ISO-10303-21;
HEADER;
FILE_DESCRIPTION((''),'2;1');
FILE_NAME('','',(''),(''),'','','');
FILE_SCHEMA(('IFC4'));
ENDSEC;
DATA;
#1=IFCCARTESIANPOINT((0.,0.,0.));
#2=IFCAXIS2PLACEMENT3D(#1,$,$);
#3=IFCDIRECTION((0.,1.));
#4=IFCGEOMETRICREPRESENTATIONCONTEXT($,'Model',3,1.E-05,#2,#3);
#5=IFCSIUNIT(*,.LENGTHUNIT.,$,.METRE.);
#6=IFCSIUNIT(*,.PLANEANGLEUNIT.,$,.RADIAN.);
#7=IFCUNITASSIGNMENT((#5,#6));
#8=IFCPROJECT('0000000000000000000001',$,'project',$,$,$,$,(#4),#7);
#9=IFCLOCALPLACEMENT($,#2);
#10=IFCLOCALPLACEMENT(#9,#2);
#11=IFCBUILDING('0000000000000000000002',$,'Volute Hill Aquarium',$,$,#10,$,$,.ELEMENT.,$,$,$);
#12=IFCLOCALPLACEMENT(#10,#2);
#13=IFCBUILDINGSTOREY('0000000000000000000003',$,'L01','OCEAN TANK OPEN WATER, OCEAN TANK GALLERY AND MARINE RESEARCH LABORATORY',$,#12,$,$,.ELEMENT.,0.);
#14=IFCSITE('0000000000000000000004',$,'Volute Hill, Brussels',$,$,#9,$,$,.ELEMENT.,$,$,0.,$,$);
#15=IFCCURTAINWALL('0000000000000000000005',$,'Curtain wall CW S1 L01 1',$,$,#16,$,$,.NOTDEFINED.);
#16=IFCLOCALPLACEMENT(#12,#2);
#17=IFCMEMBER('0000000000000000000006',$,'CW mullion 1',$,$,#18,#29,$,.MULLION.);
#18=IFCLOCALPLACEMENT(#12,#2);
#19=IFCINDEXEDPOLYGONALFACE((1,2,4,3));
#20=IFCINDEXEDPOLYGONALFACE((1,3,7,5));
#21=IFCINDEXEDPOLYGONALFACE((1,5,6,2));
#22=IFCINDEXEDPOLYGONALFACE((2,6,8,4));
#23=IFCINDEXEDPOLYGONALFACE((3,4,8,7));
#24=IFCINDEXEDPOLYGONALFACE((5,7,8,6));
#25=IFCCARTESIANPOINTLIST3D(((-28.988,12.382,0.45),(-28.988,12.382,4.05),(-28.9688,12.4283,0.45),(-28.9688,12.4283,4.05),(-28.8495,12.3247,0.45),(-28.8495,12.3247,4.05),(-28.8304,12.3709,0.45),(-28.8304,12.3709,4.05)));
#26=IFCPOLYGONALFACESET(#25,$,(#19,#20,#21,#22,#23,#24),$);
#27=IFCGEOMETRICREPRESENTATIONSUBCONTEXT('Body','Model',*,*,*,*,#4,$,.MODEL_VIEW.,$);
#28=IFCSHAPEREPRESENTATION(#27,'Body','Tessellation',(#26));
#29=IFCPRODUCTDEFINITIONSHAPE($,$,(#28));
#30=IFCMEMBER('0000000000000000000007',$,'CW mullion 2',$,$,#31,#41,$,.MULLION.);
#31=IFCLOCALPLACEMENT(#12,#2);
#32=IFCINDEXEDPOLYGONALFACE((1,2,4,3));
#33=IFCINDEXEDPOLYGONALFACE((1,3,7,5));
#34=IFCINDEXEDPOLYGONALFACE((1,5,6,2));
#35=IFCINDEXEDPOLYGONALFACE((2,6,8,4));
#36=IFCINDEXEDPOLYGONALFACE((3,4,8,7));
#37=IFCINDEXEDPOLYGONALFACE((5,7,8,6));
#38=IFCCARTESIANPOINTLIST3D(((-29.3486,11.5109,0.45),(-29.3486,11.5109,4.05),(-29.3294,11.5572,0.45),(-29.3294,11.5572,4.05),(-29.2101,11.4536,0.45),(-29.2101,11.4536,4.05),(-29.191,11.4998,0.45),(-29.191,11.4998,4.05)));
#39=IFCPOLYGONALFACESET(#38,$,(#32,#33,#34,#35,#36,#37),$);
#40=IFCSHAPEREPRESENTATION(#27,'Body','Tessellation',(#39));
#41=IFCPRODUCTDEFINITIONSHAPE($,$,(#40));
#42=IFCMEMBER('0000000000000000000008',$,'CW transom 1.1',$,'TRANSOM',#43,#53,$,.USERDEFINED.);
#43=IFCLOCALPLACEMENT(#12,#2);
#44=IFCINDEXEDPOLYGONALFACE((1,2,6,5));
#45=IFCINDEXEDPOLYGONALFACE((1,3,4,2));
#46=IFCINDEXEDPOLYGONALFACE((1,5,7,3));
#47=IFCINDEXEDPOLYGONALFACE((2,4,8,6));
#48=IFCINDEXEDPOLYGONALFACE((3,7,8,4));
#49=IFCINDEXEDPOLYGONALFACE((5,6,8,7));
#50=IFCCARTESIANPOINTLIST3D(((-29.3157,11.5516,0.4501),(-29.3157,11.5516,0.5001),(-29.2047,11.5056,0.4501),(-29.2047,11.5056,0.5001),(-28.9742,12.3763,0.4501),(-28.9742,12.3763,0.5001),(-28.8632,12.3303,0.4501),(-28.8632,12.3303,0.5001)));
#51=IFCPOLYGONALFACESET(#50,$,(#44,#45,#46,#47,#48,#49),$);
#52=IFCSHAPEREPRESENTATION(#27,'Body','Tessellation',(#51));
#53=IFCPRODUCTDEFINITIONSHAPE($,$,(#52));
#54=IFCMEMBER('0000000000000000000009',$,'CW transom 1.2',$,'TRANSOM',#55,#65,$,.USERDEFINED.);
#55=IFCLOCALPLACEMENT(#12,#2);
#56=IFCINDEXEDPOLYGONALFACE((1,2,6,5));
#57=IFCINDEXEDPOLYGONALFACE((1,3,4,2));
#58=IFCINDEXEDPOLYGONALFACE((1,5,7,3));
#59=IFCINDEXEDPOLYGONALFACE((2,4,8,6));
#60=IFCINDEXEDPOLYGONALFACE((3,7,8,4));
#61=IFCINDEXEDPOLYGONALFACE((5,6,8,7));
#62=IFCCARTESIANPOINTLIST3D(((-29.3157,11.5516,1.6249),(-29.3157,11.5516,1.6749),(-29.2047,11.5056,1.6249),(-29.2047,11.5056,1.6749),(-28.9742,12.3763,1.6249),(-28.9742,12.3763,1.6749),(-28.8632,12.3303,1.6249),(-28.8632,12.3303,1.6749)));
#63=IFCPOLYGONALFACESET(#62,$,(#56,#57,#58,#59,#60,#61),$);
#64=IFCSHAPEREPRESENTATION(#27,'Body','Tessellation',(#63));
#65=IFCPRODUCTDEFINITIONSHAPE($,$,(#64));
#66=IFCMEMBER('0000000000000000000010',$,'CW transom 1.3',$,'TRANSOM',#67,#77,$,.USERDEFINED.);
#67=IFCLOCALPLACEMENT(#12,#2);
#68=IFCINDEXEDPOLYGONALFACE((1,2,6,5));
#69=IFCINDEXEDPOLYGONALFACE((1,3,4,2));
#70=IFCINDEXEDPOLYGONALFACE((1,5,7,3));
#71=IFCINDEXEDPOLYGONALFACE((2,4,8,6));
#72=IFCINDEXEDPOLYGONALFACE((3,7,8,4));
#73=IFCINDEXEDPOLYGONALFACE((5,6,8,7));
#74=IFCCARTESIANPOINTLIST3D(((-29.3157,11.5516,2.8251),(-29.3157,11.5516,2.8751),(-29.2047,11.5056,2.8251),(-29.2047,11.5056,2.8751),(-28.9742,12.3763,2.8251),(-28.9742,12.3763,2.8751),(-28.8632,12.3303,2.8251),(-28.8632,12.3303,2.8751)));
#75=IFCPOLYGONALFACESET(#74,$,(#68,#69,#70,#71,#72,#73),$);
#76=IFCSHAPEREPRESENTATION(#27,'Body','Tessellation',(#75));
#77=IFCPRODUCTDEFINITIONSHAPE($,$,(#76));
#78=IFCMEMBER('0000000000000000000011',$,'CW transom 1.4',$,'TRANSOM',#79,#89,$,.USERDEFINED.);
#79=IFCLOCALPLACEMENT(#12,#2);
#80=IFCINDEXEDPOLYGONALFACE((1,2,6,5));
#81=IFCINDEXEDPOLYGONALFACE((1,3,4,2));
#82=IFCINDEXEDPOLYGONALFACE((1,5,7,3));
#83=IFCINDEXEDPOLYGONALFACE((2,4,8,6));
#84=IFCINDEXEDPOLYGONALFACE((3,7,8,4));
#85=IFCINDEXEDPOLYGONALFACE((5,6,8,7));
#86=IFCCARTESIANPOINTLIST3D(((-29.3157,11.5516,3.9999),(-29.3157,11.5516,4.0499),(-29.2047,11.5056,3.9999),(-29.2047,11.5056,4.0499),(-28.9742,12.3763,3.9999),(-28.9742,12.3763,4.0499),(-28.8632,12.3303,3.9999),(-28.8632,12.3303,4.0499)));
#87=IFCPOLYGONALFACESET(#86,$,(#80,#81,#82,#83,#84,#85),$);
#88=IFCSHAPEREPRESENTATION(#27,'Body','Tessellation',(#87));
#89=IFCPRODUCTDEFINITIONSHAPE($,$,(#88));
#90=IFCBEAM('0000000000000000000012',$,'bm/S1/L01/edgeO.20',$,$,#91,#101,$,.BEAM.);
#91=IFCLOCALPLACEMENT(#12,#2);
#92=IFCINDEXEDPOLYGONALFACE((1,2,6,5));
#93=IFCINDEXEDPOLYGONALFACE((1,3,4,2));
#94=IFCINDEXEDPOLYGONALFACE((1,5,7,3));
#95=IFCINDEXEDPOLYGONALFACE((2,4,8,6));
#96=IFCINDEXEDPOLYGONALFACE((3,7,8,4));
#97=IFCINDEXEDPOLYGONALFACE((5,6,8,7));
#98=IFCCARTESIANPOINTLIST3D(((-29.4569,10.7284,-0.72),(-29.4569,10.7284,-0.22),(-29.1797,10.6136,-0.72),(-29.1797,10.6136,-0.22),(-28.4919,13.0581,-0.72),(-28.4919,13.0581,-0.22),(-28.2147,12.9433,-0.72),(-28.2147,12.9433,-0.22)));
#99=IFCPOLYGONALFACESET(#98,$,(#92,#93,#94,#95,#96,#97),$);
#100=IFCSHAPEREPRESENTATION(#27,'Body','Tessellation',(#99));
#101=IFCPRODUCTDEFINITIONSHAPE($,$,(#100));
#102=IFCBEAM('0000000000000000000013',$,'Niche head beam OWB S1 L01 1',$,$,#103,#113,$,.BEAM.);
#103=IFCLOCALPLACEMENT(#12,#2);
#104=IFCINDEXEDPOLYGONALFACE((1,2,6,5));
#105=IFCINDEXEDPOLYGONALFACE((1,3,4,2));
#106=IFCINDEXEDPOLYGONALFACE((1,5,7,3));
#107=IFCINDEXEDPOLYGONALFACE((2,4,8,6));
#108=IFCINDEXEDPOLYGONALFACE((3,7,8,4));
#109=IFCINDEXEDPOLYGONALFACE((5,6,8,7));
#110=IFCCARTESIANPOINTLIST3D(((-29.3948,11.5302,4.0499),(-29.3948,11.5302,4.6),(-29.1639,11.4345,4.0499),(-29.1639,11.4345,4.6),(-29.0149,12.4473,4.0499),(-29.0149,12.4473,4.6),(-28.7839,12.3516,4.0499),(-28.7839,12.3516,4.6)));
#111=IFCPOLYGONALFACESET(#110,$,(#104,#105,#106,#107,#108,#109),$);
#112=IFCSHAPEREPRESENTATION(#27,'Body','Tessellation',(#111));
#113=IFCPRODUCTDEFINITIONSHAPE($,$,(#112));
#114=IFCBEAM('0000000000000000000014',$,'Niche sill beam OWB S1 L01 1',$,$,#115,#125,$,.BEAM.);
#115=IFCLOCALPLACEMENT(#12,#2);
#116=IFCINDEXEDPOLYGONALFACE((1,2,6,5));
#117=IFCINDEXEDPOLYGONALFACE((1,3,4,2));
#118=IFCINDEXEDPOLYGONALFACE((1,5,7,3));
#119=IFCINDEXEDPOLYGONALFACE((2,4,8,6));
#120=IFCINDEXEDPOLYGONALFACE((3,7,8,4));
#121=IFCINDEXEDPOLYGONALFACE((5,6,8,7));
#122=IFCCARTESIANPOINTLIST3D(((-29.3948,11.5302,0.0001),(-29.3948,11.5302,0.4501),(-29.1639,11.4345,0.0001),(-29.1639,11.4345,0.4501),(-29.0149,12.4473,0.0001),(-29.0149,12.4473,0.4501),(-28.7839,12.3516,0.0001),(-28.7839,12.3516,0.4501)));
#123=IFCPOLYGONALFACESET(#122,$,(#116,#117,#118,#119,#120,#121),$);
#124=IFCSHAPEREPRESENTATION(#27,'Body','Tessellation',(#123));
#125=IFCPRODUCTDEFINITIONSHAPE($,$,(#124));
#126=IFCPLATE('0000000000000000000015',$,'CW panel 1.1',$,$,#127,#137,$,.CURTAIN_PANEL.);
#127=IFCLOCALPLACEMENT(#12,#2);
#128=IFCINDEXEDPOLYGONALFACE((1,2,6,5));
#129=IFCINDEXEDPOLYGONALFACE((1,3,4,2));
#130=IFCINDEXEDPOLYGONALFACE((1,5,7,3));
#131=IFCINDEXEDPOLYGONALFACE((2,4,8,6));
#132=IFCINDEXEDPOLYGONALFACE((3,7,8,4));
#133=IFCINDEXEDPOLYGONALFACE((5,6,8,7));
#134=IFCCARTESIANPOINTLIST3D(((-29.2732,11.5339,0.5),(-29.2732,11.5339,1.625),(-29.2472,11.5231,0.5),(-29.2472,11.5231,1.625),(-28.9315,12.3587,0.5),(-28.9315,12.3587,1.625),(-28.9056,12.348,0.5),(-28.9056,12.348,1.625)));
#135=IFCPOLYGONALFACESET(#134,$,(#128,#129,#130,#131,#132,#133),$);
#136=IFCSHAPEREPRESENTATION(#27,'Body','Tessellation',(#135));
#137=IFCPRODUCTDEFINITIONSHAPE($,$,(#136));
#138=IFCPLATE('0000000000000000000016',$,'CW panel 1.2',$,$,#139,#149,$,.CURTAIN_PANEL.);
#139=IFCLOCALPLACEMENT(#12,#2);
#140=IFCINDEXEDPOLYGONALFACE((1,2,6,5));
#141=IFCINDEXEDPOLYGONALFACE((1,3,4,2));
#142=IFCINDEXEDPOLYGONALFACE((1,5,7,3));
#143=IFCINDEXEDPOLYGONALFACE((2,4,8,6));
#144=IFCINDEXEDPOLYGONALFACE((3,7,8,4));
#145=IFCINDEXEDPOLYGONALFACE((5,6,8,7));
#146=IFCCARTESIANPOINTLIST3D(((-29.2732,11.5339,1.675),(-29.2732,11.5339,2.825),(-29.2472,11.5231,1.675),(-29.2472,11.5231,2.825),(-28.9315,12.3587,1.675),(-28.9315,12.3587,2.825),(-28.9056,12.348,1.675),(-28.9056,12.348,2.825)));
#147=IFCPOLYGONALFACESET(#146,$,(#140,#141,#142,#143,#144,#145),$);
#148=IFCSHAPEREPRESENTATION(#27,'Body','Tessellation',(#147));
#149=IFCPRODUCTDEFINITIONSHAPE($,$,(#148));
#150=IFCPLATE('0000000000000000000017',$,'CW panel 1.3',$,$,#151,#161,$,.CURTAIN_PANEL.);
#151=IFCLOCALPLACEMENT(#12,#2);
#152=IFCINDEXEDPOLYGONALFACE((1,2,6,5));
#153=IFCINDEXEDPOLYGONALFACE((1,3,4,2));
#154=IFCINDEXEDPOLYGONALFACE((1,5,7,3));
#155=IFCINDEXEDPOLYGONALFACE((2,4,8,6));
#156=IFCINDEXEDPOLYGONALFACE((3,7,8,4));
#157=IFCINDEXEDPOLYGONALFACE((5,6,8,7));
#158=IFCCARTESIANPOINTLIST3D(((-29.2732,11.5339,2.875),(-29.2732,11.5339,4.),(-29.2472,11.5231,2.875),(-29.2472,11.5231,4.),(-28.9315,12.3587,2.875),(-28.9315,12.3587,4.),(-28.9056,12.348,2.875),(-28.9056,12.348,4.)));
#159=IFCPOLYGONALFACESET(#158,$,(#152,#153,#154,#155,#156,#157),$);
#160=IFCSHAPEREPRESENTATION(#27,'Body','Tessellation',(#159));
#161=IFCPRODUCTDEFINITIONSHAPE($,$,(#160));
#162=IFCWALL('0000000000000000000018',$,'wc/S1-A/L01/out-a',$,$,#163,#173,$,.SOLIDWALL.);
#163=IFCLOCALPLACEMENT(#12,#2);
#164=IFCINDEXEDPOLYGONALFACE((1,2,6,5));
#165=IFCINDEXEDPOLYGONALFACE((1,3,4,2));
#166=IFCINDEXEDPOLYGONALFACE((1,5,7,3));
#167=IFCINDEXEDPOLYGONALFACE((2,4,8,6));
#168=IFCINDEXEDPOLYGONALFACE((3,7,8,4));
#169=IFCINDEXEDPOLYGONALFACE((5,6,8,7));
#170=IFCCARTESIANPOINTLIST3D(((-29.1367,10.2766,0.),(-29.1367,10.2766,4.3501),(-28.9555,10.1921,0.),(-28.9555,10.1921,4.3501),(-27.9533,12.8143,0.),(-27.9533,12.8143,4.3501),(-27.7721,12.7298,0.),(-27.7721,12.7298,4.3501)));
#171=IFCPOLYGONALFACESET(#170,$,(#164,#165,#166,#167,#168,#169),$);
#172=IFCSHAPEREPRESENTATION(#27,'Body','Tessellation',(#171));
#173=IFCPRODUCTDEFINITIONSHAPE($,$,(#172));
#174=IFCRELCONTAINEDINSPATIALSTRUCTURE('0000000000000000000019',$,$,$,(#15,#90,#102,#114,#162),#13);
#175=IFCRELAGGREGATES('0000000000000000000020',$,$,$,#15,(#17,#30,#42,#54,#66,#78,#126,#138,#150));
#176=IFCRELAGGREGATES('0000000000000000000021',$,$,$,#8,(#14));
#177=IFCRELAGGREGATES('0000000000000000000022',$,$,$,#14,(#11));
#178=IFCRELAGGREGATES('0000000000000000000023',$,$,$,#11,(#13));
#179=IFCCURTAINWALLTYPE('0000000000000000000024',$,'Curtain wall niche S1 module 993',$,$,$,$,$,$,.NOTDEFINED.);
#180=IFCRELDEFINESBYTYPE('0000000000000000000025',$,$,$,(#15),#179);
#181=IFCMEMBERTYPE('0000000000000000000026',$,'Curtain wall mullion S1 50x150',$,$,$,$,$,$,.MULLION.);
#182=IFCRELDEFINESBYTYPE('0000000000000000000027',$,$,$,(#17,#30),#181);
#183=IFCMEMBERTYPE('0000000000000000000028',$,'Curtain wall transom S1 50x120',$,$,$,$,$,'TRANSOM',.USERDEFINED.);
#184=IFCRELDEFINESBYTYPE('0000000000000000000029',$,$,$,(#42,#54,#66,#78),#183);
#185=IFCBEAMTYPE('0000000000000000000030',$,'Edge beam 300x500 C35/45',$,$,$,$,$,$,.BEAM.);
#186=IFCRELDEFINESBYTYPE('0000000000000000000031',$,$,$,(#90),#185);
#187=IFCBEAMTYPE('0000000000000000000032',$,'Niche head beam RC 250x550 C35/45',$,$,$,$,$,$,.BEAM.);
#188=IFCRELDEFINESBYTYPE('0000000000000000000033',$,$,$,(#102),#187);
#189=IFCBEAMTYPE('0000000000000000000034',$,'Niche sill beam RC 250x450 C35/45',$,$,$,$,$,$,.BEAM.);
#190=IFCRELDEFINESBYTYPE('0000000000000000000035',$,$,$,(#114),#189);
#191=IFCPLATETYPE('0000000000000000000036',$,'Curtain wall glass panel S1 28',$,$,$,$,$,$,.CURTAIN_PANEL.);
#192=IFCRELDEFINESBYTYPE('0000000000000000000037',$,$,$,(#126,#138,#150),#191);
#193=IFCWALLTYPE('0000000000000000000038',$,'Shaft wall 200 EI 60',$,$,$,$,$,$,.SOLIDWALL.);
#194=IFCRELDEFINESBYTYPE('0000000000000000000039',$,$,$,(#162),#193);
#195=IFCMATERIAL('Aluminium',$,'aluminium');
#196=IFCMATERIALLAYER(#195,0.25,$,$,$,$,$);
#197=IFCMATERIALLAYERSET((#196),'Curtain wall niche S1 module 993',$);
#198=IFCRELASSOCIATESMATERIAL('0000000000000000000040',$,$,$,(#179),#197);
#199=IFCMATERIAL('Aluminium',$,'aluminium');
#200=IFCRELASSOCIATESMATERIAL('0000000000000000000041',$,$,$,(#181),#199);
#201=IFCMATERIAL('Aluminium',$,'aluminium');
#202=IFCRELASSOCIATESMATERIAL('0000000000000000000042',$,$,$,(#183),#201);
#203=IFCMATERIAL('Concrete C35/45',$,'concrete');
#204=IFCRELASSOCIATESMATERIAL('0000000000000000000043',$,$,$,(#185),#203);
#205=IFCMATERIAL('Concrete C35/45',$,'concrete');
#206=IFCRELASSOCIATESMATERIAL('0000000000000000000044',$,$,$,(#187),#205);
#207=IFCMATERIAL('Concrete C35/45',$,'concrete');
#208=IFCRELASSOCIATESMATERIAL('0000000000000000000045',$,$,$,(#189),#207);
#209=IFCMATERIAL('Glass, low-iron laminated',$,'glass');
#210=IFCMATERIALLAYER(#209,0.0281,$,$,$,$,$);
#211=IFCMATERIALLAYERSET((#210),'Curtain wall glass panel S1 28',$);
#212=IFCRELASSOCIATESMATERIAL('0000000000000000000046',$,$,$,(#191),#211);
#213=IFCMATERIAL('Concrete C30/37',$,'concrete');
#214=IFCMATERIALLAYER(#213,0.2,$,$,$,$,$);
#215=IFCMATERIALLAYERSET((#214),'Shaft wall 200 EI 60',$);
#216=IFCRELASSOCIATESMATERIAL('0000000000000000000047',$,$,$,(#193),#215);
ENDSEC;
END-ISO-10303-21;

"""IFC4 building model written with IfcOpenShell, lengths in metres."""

from ifc_helpers import new_model, si_unit, direction, frame, frame_2d, origin, origin_2d, place, context, subcontext, project, spatial, rectangle, extrude, material, layer, layer_set, material_profile, profile_set, type_object, element, aggregate, save


model = new_model("IFC4")

# Units and contexts
model_context = context("Model", 3, precision=1e-05, world=origin(), true_north=direction((0.0, 1.0)))
body_context = subcontext(model_context, "Body", "Model", "MODEL_VIEW")
ifc_project = project(units=[si_unit("LENGTHUNIT", "METRE"), si_unit("PLANEANGLEUNIT", "RADIAN")], contexts=[model_context])

# Site, building, storey
site_placement = place(None, origin())
site = spatial("IfcSite", under=ifc_project, at=site_placement, Name="Volute Hill, Brussels", CompositionType="ELEMENT", RefElevation=0.0)
building_placement = place(site_placement, origin())
building = spatial("IfcBuilding", under=site, at=building_placement, Name="Volute Hill Aquarium", CompositionType="ELEMENT")
storey_placement = place(building_placement, origin())
storey = spatial("IfcBuildingStorey", under=building, at=storey_placement, Name="L01", Description="OCEAN TANK OPEN WATER, OCEAN TANK GALLERY AND MARINE RESEARCH LABORATORY", CompositionType="ELEMENT", Elevation=0.0)

# Curtain wall, members
ifc_material_1 = material(Name="Aluminium", Category="aluminium")
ifc_layer_1 = layer(ifc_material_1, 0.25)
ifc_layer_set_1 = layer_set([ifc_layer_1], Name="Curtain wall niche S1 module 993")
curtain_wall_type = type_object("IfcCurtainWallType", Name="Curtain wall niche S1 module 993", PredefinedType="NOTDEFINED", material=ifc_layer_set_1)
curtain_wall_placement = place(storey_placement, origin())
curtain_wall = element("IfcCurtainWall", 1, at=curtain_wall_placement, inside=storey, type_object=curtain_wall_type, Name="Curtain wall CW S1 L01 1", PredefinedType="NOTDEFINED")
ifc_material_2 = material(Name="Aluminium", Category="aluminium")
ifc_material_profile_1 = material_profile(ifc_material_2, rectangle(XDim=0.1499, YDim=0.05, at=origin_2d()), Name="Curtain wall mullion S1 50x150")
ifc_profile_set_1 = profile_set([ifc_material_profile_1], Name="Aluminium")
member_type_1 = type_object("IfcMemberType", Name="Curtain wall mullion S1 50x150", PredefinedType="MULLION", material=ifc_profile_set_1)
member_1_placement = place(storey_placement, frame((-28.9092, 12.3765, 0.45), z_axis=(0.0, 0.0, 1.0), x_axis=(0.923885, -0.38267, 0.0)))
member_1 = element("IfcMember", 2, at=member_1_placement, type_object=member_type_1, Name="CW mullion 1", PredefinedType="MULLION", context=body_context, shape_type="SweptSolid", body=[
    extrude(rectangle(XDim=0.1499, YDim=0.05, at=origin_2d()), origin(), (0.0, 0.0, 1.0), 3.6001),
])
member_2_placement = place(storey_placement, frame((-29.2698, 11.5054, 0.45), z_axis=(0.0, 0.0, 1.0), x_axis=(0.923885, -0.38267, 0.0)))
member_2 = element("IfcMember", 3, at=member_2_placement, type_object=member_type_1, Name="CW mullion 2", PredefinedType="MULLION", context=body_context, shape_type="SweptSolid", body=[
    extrude(rectangle(XDim=0.1499, YDim=0.05, at=origin_2d()), origin(), (0.0, 0.0, 1.0), 3.6001),
])
ifc_material_3 = material(Name="Aluminium", Category="aluminium")
ifc_material_profile_2 = material_profile(ifc_material_3, rectangle(XDim=0.1201, YDim=0.05, at=origin_2d()), Name="Curtain wall transom S1 50x120")
ifc_profile_set_2 = profile_set([ifc_material_profile_2], Name="Aluminium")
member_type_2 = type_object("IfcMemberType", Name="Curtain wall transom S1 50x120", ElementType="TRANSOM", PredefinedType="USERDEFINED", material=ifc_profile_set_2)
member_3_placement = place(storey_placement, frame((-28.9187, 12.3533, 0.4751), z_axis=(-0.382634, -0.9239, 0.0), x_axis=(0.9239, -0.382634, 0.0)))
member_3 = element("IfcMember", 4, at=member_3_placement, type_object=member_type_2, Name="CW transom 1.1", ObjectType="TRANSOM", PredefinedType="USERDEFINED", context=body_context, shape_type="SweptSolid", body=[
    extrude(rectangle(XDim=0.1201, YDim=0.05, at=origin_2d()), origin(), (0.0, 0.0, 1.0), 0.8926),
])
member_4_placement = place(storey_placement, frame((-28.9187, 12.3533, 1.6499), z_axis=(-0.382634, -0.9239, 0.0), x_axis=(0.9239, -0.382634, 0.0)))
member_4 = element("IfcMember", 5, at=member_4_placement, type_object=member_type_2, Name="CW transom 1.2", ObjectType="TRANSOM", PredefinedType="USERDEFINED", context=body_context, shape_type="SweptSolid", body=[
    extrude(rectangle(XDim=0.1201, YDim=0.05, at=origin_2d()), origin(), (0.0, 0.0, 1.0), 0.8926),
])
member_5_placement = place(storey_placement, frame((-28.9187, 12.3533, 2.8501), z_axis=(-0.382634, -0.9239, 0.0), x_axis=(0.9239, -0.382634, 0.0)))
member_5 = element("IfcMember", 6, at=member_5_placement, type_object=member_type_2, Name="CW transom 1.3", ObjectType="TRANSOM", PredefinedType="USERDEFINED", context=body_context, shape_type="SweptSolid", body=[
    extrude(rectangle(XDim=0.1201, YDim=0.05, at=origin_2d()), origin(), (0.0, 0.0, 1.0), 0.8926),
])
member_6_placement = place(storey_placement, frame((-28.9187, 12.3533, 4.0249), z_axis=(-0.382634, -0.9239, 0.0), x_axis=(0.9239, -0.382634, 0.0)))
member_6 = element("IfcMember", 7, at=member_6_placement, type_object=member_type_2, Name="CW transom 1.4", ObjectType="TRANSOM", PredefinedType="USERDEFINED", context=body_context, shape_type="SweptSolid", body=[
    extrude(rectangle(XDim=0.1201, YDim=0.05, at=origin_2d()), origin(), (0.0, 0.0, 1.0), 0.8926),
])

# Beams
ifc_material_4 = material(Name="Concrete C35/45", Category="concrete")
ifc_material_profile_3 = material_profile(ifc_material_4, rectangle(XDim=0.3, YDim=0.5, at=origin_2d()), Name="RC edge beam 300x500")
ifc_profile_set_3 = profile_set([ifc_material_profile_3], Name="Concrete C35/45")
beam_type_1 = type_object("IfcBeamType", Name="Edge beam 300x500 C35/45", PredefinedType="BEAM", material=ifc_profile_set_3)
beam_1_placement = place(storey_placement, frame((-28.3533, 13.0007, -0.47), z_axis=(-0.382697, -0.923874, 0.0), x_axis=(0.923874, -0.382697, 0.0)))
element("IfcBeam", 8, at=beam_1_placement, inside=storey, type_object=beam_type_1, Name="bm/S1/L01/edgeO.20", PredefinedType="BEAM", context=body_context, shape_type="SweptSolid", body=[
    extrude(rectangle(XDim=0.3, YDim=0.5, at=origin_2d()), origin(), (0.0, 0.0, 1.0), 2.5217),
])
ifc_material_5 = material(Name="Concrete C35/45", Category="concrete")
ifc_material_profile_4 = material_profile(ifc_material_5, rectangle(XDim=0.25, YDim=0.55, at=origin_2d()), Name="RC beam 250x550")
ifc_profile_set_4 = profile_set([ifc_material_profile_4], Name="Concrete C35/45")
beam_type_2 = type_object("IfcBeamType", Name="Niche head beam RC 250x550 C35/45", PredefinedType="BEAM", material=ifc_profile_set_4)
beam_2_placement = place(storey_placement, frame((-28.8994, 12.3994, 4.325), z_axis=(-0.382728, -0.923861, 0.0), x_axis=(0.923861, -0.382728, 0.0)))
element("IfcBeam", 9, at=beam_2_placement, inside=storey, type_object=beam_type_2, Name="Niche head beam OWB S1 L01 1", PredefinedType="BEAM", context=body_context, shape_type="SweptSolid", body=[
    extrude(rectangle(XDim=0.25, YDim=0.55, at=origin_2d()), origin(), (0.0, 0.0, 1.0), 0.9927),
])
ifc_material_6 = material(Name="Concrete C35/45", Category="concrete")
ifc_material_profile_5 = material_profile(ifc_material_6, rectangle(XDim=0.25, YDim=0.45, at=origin_2d()), Name="RC beam 250x450")
ifc_profile_set_5 = profile_set([ifc_material_profile_5], Name="Concrete C35/45")
beam_type_3 = type_object("IfcBeamType", Name="Niche sill beam RC 250x450 C35/45", PredefinedType="BEAM", material=ifc_profile_set_5)
beam_3_placement = place(storey_placement, frame((-28.8994, 12.3994, 0.2251), z_axis=(-0.382728, -0.923861, 0.0), x_axis=(0.923861, -0.382728, 0.0)))
element("IfcBeam", 10, at=beam_3_placement, inside=storey, type_object=beam_type_3, Name="Niche sill beam OWB S1 L01 1", PredefinedType="BEAM", context=body_context, shape_type="SweptSolid", body=[
    extrude(rectangle(XDim=0.25, YDim=0.45, at=origin_2d()), origin(), (0.0, 0.0, 1.0), 0.9927),
])

# Plates
ifc_material_7 = material(Name="Glass, low-iron laminated", Category="glass")
ifc_layer_2 = layer(ifc_material_7, 0.0281)
ifc_layer_set_2 = layer_set([ifc_layer_2], Name="Curtain wall glass panel S1 28")
plate_type = type_object("IfcPlateType", Name="Curtain wall glass panel S1 28", PredefinedType="CURTAIN_PANEL", material=ifc_layer_set_2)
plate_1_placement = place(storey_placement, frame((-29.0894, 11.9409, 0.5), z_axis=(0.0, 0.0, 1.0), x_axis=(-0.38267, -0.923885, 0.0)))
plate_1 = element("IfcPlate", 11, at=plate_1_placement, type_object=plate_type, Name="CW panel 1.1", PredefinedType="CURTAIN_PANEL", context=body_context, shape_type="SweptSolid", body=[
    extrude(rectangle(XDim=0.8928, YDim=0.0281, at=origin_2d()), origin(), (0.0, 0.0, 1.0), 1.125),
])
plate_2_placement = place(storey_placement, frame((-29.0894, 11.9409, 1.675), z_axis=(0.0, 0.0, 1.0), x_axis=(-0.38267, -0.923885, 0.0)))
plate_2 = element("IfcPlate", 12, at=plate_2_placement, type_object=plate_type, Name="CW panel 1.2", PredefinedType="CURTAIN_PANEL", context=body_context, shape_type="SweptSolid", body=[
    extrude(rectangle(XDim=0.8928, YDim=0.0281, at=origin_2d()), origin(), (0.0, 0.0, 1.0), 1.1499),
])
plate_3_placement = place(storey_placement, frame((-29.0894, 11.9409, 2.875), z_axis=(0.0, 0.0, 1.0), x_axis=(-0.38267, -0.923885, 0.0)))
plate_3 = element("IfcPlate", 13, at=plate_3_placement, type_object=plate_type, Name="CW panel 1.3", PredefinedType="CURTAIN_PANEL", context=body_context, shape_type="SweptSolid", body=[
    extrude(rectangle(XDim=0.8928, YDim=0.0281, at=origin_2d()), origin(), (0.0, 0.0, 1.0), 1.125),
])
aggregate(curtain_wall, [member_1, member_2, member_3, member_4, member_5, member_6, plate_1, plate_2, plate_3])

# Wall
ifc_material_8 = material(Name="Concrete C30/37", Category="concrete")
ifc_layer_3 = layer(ifc_material_8, 0.2)
ifc_layer_set_3 = layer_set([ifc_layer_3], Name="Shaft wall 200 EI 60")
wall_type = type_object("IfcWallType", Name="Shaft wall 200 EI 60", PredefinedType="SOLIDWALL", material=ifc_layer_set_3)
wall_placement = place(storey_placement, frame((-27.8628, 12.772, 0.0), z_axis=(0.0, 0.0, 1.0), x_axis=(-0.422632, -0.906301, 0.0)))
element("IfcWall", 14, at=wall_placement, inside=storey, type_object=wall_type, Name="wc/S1-A/L01/out-a", PredefinedType="SOLIDWALL", context=body_context, shape_type="SweptSolid", body=[
    extrude(rectangle(XDim=2.8, YDim=0.2, at=frame_2d((1.3999, 0.0))), origin(), (0.0, 0.0, 1.0), 4.3501),
])

save(model, "model.ifc")
